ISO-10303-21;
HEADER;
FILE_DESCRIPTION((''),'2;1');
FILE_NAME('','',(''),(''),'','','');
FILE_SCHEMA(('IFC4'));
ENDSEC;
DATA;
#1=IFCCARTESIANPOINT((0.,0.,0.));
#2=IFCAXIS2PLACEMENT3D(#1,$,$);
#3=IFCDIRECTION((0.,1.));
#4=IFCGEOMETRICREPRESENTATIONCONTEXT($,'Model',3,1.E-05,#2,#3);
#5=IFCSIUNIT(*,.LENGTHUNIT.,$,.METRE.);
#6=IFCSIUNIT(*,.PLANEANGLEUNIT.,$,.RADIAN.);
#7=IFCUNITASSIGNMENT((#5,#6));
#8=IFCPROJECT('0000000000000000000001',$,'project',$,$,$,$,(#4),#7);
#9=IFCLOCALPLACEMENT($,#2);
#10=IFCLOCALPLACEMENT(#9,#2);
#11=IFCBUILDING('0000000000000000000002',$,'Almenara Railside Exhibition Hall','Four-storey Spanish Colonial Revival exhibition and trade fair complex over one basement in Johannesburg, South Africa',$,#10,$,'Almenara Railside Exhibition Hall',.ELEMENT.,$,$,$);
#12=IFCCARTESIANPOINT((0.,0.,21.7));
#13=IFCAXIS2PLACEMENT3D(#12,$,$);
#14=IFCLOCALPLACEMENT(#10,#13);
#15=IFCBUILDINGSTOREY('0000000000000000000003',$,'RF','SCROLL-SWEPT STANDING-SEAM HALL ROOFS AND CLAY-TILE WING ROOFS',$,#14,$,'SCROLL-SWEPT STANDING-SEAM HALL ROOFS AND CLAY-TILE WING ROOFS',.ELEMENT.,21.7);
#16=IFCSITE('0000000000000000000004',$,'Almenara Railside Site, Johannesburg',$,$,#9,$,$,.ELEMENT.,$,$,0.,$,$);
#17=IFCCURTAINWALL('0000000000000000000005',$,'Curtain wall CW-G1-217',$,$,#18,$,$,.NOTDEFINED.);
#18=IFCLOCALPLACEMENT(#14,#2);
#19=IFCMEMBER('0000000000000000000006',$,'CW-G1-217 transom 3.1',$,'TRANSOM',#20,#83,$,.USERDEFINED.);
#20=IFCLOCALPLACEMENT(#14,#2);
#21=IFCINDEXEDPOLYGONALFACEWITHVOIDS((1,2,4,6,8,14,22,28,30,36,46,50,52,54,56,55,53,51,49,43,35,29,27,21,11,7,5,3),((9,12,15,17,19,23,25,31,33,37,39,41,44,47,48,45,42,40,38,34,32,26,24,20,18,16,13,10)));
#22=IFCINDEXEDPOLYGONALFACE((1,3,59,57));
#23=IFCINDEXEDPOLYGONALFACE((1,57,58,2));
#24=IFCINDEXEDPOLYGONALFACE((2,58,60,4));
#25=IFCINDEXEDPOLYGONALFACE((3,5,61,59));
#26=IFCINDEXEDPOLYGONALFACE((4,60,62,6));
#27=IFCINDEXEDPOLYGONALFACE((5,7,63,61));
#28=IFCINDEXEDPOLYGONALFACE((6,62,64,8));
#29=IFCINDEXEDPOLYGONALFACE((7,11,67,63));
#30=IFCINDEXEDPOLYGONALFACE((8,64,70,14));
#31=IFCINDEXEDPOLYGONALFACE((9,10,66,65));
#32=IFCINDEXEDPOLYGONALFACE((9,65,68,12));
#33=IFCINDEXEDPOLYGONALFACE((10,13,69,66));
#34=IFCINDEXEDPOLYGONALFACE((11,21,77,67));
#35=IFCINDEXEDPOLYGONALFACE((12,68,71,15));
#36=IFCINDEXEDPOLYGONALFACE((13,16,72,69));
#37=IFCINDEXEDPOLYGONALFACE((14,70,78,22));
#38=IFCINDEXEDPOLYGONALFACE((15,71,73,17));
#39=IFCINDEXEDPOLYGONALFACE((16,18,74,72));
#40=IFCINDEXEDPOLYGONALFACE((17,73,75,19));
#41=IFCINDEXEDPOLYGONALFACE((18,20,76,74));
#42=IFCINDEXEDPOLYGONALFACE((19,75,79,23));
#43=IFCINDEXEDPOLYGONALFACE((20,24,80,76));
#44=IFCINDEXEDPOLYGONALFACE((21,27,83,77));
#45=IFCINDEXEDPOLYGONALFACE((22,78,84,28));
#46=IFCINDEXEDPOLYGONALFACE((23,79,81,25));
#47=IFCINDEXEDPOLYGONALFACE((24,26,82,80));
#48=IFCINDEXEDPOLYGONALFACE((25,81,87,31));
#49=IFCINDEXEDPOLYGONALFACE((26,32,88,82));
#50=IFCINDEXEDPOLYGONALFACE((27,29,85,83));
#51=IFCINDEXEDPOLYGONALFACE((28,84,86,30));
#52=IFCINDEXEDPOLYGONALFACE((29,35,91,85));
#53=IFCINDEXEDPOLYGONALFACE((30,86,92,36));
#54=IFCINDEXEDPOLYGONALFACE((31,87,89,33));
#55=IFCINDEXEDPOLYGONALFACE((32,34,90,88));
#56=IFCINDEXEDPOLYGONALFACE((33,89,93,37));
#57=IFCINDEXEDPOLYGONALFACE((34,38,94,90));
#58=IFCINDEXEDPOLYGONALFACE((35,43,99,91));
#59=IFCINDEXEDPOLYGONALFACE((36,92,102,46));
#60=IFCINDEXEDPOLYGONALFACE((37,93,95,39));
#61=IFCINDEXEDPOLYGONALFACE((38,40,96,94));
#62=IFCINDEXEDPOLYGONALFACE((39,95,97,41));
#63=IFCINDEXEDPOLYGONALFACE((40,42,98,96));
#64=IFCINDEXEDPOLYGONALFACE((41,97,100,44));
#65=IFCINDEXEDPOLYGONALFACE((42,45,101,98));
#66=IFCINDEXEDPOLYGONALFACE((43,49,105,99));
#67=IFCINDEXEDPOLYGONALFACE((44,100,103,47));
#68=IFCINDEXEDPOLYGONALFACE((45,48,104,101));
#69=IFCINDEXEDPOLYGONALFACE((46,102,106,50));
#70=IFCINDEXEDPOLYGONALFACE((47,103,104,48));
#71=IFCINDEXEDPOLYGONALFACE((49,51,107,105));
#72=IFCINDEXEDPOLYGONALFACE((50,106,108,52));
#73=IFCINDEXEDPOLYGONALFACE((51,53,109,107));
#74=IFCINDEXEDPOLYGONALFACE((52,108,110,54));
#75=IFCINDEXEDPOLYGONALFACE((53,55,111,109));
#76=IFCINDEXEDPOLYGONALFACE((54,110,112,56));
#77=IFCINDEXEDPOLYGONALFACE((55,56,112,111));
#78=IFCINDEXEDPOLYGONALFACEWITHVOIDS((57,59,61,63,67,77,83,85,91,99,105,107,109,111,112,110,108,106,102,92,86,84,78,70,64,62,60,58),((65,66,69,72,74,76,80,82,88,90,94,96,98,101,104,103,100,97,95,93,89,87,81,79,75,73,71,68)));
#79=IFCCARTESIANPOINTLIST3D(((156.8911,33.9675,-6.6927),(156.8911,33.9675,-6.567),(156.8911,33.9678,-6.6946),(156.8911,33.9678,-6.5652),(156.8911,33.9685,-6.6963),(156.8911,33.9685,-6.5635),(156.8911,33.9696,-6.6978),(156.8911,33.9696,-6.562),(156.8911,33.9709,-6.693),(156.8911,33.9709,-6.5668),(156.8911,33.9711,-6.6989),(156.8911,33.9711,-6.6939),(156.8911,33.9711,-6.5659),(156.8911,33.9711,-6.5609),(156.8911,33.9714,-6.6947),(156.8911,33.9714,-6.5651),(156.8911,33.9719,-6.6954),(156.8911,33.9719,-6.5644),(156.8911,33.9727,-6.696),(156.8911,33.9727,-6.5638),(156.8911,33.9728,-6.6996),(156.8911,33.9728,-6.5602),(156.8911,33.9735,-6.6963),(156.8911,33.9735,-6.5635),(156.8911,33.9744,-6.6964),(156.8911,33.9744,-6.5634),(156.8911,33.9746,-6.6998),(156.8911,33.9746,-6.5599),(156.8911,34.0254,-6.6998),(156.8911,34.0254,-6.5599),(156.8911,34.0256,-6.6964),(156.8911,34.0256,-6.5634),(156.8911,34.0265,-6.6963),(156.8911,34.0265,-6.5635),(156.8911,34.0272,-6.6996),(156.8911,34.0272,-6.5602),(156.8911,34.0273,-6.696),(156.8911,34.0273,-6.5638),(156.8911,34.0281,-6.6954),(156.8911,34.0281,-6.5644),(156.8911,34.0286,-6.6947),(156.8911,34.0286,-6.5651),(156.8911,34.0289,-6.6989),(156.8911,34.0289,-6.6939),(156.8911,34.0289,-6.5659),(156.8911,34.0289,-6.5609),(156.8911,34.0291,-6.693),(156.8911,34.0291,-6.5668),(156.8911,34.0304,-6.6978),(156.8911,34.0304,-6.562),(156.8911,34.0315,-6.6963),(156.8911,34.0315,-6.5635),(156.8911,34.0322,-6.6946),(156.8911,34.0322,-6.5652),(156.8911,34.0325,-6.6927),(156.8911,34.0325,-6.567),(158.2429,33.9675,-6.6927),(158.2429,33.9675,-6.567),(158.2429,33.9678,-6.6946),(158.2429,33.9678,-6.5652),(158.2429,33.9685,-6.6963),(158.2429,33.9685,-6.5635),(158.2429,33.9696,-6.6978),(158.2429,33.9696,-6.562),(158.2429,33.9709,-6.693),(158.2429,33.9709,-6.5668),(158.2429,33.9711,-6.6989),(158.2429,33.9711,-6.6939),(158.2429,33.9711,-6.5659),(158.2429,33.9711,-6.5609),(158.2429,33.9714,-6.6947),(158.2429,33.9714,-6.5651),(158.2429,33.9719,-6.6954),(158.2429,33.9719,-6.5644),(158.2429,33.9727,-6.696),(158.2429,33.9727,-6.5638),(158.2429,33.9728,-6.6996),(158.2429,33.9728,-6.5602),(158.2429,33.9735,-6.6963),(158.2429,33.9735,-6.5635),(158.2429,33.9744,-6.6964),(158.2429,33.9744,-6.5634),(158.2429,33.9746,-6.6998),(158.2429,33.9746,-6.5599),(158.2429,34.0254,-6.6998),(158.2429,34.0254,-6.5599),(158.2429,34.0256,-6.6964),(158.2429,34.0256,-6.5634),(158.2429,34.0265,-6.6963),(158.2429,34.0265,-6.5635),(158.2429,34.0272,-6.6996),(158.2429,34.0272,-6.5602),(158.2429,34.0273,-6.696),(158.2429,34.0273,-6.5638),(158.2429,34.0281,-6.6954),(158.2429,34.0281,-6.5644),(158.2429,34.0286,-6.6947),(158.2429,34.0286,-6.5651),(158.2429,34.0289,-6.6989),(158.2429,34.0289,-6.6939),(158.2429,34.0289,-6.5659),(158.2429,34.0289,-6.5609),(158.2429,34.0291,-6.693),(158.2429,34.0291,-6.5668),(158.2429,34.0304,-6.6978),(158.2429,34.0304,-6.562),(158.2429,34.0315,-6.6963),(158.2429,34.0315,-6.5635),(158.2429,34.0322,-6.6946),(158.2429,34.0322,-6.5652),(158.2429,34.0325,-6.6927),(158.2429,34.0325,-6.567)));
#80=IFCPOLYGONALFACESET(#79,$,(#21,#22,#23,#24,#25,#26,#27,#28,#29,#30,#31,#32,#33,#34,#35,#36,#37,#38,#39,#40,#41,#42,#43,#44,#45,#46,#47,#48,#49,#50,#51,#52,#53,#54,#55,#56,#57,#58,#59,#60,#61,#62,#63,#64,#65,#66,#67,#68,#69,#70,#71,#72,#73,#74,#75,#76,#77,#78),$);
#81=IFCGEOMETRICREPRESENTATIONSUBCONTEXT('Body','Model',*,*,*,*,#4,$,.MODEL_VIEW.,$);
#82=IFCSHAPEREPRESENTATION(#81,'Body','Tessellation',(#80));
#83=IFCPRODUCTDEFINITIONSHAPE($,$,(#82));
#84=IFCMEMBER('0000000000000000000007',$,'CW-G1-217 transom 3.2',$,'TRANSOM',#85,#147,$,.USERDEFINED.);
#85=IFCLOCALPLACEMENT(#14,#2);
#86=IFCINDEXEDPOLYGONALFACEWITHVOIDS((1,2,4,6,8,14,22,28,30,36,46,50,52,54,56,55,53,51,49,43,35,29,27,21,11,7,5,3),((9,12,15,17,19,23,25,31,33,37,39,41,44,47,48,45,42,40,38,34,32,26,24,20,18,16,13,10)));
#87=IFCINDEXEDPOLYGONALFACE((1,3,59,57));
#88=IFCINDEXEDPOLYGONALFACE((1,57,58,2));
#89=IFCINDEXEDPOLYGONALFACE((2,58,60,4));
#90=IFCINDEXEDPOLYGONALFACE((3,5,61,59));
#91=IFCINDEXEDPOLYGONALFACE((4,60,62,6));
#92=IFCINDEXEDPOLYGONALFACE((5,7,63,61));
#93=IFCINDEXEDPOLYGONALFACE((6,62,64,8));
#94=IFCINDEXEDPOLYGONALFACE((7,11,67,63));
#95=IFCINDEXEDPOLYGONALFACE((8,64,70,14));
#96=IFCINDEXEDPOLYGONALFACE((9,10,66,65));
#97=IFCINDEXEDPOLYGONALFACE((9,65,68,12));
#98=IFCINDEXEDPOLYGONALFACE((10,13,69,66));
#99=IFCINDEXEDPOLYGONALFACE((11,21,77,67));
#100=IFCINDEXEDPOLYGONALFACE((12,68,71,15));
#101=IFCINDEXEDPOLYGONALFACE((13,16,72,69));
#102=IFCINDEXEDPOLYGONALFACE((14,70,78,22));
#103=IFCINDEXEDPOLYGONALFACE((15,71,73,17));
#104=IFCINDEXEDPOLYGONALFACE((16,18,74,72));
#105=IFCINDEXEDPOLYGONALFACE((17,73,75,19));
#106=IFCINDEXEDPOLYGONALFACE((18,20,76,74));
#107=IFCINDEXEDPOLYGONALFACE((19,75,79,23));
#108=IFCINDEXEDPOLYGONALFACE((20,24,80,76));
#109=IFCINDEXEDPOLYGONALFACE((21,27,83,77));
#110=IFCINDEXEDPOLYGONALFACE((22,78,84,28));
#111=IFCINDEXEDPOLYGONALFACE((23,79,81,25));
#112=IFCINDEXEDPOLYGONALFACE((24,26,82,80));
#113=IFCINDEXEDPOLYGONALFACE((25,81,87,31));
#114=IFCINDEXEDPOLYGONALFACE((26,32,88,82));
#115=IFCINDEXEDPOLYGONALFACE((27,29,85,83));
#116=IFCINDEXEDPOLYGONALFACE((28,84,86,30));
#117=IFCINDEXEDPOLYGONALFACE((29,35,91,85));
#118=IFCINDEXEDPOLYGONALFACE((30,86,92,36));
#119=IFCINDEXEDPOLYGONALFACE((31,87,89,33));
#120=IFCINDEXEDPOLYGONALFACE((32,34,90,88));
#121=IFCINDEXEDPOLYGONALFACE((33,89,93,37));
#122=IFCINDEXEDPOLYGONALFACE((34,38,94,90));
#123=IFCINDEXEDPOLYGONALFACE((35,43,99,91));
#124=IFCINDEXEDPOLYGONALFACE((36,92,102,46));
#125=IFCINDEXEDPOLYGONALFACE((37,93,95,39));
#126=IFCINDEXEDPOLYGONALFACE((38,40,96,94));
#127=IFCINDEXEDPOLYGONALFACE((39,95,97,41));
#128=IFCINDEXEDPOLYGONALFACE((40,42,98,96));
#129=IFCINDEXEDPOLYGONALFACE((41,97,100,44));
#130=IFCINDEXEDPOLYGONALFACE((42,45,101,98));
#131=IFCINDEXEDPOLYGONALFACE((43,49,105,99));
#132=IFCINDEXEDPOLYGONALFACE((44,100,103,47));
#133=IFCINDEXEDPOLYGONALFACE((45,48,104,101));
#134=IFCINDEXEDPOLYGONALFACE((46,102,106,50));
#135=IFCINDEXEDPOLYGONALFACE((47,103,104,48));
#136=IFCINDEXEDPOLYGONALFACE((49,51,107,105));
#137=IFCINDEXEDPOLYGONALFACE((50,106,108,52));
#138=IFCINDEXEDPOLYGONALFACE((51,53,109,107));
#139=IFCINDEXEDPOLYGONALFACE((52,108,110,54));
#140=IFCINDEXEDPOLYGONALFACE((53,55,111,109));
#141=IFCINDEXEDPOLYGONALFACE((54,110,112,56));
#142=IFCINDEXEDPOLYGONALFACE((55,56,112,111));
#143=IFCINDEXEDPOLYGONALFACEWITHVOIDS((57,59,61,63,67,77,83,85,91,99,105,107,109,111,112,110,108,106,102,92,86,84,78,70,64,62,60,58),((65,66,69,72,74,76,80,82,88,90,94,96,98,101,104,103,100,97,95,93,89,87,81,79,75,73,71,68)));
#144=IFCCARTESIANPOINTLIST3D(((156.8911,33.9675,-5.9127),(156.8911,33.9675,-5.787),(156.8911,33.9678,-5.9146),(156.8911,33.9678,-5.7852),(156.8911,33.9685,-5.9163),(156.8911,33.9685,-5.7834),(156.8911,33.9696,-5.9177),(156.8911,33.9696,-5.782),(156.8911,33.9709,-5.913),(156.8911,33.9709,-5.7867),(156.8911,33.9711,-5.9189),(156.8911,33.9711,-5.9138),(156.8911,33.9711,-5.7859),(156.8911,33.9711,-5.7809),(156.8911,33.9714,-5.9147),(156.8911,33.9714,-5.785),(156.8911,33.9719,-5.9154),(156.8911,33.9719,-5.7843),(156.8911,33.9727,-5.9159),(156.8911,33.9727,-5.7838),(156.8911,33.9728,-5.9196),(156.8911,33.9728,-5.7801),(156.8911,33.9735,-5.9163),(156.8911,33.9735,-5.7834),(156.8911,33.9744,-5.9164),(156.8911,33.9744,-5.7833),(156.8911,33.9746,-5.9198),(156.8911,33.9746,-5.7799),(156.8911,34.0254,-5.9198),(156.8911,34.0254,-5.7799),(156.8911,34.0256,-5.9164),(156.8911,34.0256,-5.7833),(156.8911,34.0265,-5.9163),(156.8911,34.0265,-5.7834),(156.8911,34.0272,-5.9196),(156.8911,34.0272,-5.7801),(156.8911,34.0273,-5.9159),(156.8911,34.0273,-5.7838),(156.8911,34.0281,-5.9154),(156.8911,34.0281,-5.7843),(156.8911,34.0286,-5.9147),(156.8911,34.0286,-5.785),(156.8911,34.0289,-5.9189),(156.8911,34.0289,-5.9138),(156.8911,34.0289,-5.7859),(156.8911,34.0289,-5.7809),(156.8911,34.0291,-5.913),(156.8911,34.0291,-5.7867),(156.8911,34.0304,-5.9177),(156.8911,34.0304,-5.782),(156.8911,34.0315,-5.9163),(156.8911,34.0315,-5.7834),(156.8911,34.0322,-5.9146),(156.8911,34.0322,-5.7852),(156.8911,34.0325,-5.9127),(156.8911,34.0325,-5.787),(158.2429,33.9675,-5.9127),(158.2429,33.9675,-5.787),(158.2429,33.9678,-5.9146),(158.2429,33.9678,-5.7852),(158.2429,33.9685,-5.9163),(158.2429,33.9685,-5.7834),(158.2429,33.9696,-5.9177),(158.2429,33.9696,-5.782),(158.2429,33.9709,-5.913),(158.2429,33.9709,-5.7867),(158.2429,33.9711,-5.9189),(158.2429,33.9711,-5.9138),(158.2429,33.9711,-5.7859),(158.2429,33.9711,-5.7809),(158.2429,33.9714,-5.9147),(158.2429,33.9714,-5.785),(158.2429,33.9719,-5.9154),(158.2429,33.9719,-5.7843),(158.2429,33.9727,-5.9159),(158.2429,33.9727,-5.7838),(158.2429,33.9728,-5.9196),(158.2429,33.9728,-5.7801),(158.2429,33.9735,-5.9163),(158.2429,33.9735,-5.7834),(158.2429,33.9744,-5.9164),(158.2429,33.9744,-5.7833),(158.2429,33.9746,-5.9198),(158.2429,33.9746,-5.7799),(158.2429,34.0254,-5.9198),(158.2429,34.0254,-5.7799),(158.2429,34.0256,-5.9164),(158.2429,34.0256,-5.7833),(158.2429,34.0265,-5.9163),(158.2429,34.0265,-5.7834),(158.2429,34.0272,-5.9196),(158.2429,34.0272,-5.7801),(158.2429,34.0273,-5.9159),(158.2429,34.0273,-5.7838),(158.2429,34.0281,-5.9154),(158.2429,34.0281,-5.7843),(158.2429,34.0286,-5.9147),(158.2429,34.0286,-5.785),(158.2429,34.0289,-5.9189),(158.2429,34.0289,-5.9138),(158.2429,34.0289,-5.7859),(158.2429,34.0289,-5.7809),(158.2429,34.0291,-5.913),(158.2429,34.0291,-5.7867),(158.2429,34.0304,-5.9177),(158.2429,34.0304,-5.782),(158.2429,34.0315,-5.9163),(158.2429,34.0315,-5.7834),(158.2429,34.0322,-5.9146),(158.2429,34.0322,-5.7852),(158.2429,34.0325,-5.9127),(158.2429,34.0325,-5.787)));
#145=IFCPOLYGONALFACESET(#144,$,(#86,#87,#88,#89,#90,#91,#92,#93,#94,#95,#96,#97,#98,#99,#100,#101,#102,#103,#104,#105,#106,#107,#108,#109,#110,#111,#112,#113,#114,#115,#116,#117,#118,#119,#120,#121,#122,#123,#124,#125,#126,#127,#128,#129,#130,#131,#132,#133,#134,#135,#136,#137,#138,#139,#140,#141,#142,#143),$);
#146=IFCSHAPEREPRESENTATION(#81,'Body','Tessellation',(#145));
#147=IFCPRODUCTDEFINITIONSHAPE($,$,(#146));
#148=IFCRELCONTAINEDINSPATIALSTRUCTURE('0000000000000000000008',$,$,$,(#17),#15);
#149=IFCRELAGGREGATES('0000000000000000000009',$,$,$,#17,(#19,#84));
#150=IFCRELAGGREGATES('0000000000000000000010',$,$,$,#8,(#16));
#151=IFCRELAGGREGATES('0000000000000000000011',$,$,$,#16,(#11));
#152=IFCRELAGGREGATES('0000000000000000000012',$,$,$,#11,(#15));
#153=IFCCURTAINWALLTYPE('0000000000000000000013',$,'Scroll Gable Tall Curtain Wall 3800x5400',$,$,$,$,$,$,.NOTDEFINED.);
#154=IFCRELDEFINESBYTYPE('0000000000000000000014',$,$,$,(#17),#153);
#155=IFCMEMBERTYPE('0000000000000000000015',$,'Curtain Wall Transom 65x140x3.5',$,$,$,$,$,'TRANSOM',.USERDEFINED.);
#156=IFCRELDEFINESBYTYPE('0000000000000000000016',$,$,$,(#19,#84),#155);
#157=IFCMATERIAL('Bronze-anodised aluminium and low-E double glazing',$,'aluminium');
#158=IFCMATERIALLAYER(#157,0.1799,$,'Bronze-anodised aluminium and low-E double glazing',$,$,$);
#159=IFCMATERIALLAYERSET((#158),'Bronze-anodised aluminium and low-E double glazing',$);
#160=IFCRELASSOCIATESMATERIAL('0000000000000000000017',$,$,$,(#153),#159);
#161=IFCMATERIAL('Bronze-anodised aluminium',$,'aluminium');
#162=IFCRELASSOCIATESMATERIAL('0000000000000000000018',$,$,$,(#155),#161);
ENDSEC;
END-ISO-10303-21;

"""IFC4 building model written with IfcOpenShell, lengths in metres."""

from ifc_helpers import new_model, si_unit, direction, frame, origin, origin_2d, place, context, subcontext, project, spatial, hollow_rectangle, extrude, material, layer, layer_set, material_profile, profile_set, type_object, element, aggregate, save


model = new_model("IFC4")

# Units and contexts
model_context = context("Model", 3, precision=1e-05, world=origin(), true_north=direction((0.0, 1.0)))
body_context = subcontext(model_context, "Body", "Model", "MODEL_VIEW")
ifc_project = project(units=[si_unit("LENGTHUNIT", "METRE"), si_unit("PLANEANGLEUNIT", "RADIAN")], contexts=[model_context])

# Site, building, storey
site_placement = place(None, origin())
site = spatial("IfcSite", under=ifc_project, at=site_placement, Name="Almenara Railside Site, Johannesburg", CompositionType="ELEMENT", RefElevation=0.0)
building_placement = place(site_placement, origin())
building = spatial("IfcBuilding", under=site, at=building_placement, Name="Almenara Railside Exhibition Hall", Description="Four-storey Spanish Colonial Revival exhibition and trade fair complex over one basement in Johannesburg, South Africa", LongName="Almenara Railside Exhibition Hall", CompositionType="ELEMENT")
storey_placement = place(building_placement, frame((0.0, 0.0, 21.7)))
storey = spatial("IfcBuildingStorey", under=building, at=storey_placement, Name="RF", Description="SCROLL-SWEPT STANDING-SEAM HALL ROOFS AND CLAY-TILE WING ROOFS", LongName="SCROLL-SWEPT STANDING-SEAM HALL ROOFS AND CLAY-TILE WING ROOFS", CompositionType="ELEMENT", Elevation=21.7)

# Curtain wall
ifc_material_1 = material(Name="Bronze-anodised aluminium and low-E double glazing", Category="aluminium")
ifc_layer_1 = layer(ifc_material_1, 0.1799, Name="Bronze-anodised aluminium and low-E double glazing")
ifc_layer_set_1 = layer_set([ifc_layer_1], Name="Bronze-anodised aluminium and low-E double glazing")
curtain_wall_type = type_object("IfcCurtainWallType", Name="Scroll Gable Tall Curtain Wall 3800x5400", PredefinedType="NOTDEFINED", material=ifc_layer_set_1)
ifc_material_2 = material(Name="Bronze-anodised aluminium", Category="aluminium")
curtain_wall_1_placement = place(storey_placement, origin())
curtain_wall_1 = element("IfcCurtainWall", 1, at=curtain_wall_1_placement, inside=storey, type_object=curtain_wall_type, Name="Curtain wall CW-G1-217", PredefinedType="NOTDEFINED")

# Members
ifc_material_profile_1 = material_profile(ifc_material_2, hollow_rectangle(XDim=0.0649, YDim=0.1399, WallThickness=0.0034, InnerFilletRadius=0.0034, OuterFilletRadius=0.0071, at=origin_2d()), Name="ALU-TRN 65x140x3.5")
ifc_profile_set_1 = profile_set([ifc_material_profile_1], Name="Bronze-anodised aluminium")
member_type_1 = type_object("IfcMemberType", Name="Curtain Wall Transom 65x140x3.5", ElementType="TRANSOM", PredefinedType="USERDEFINED", material=ifc_profile_set_1)
member_1_placement = place(storey_placement, frame((156.8911, 34.0, -6.6299), z_axis=(1.0, 0.0, 0.0), x_axis=(0.0, 1.0, 0.0)))
member_1 = element("IfcMember", 2, at=member_1_placement, type_object=member_type_1, Name="CW-G1-217 transom 3.1", ObjectType="TRANSOM", PredefinedType="USERDEFINED", context=body_context, shape_type="SweptSolid", body=[
    extrude(hollow_rectangle(XDim=0.0649, YDim=0.1399, WallThickness=0.0034, InnerFilletRadius=0.0034, OuterFilletRadius=0.0071, at=origin_2d()), origin(), (0.0, 0.0, 1.0), 1.3518),
])
member_2_placement = place(storey_placement, frame((156.8911, 34.0, -5.8499), z_axis=(1.0, 0.0, 0.0), x_axis=(0.0, 1.0, 0.0)))
member_2 = element("IfcMember", 3, at=member_2_placement, type_object=member_type_1, Name="CW-G1-217 transom 3.2", ObjectType="TRANSOM", PredefinedType="USERDEFINED", context=body_context, shape_type="SweptSolid", body=[
    extrude(hollow_rectangle(XDim=0.0649, YDim=0.1399, WallThickness=0.0034, InnerFilletRadius=0.0034, OuterFilletRadius=0.0071, at=origin_2d()), origin(), (0.0, 0.0, 1.0), 1.3518),
])

aggregate(curtain_wall_1, [member_1, member_2])

save(model, "model.ifc")
